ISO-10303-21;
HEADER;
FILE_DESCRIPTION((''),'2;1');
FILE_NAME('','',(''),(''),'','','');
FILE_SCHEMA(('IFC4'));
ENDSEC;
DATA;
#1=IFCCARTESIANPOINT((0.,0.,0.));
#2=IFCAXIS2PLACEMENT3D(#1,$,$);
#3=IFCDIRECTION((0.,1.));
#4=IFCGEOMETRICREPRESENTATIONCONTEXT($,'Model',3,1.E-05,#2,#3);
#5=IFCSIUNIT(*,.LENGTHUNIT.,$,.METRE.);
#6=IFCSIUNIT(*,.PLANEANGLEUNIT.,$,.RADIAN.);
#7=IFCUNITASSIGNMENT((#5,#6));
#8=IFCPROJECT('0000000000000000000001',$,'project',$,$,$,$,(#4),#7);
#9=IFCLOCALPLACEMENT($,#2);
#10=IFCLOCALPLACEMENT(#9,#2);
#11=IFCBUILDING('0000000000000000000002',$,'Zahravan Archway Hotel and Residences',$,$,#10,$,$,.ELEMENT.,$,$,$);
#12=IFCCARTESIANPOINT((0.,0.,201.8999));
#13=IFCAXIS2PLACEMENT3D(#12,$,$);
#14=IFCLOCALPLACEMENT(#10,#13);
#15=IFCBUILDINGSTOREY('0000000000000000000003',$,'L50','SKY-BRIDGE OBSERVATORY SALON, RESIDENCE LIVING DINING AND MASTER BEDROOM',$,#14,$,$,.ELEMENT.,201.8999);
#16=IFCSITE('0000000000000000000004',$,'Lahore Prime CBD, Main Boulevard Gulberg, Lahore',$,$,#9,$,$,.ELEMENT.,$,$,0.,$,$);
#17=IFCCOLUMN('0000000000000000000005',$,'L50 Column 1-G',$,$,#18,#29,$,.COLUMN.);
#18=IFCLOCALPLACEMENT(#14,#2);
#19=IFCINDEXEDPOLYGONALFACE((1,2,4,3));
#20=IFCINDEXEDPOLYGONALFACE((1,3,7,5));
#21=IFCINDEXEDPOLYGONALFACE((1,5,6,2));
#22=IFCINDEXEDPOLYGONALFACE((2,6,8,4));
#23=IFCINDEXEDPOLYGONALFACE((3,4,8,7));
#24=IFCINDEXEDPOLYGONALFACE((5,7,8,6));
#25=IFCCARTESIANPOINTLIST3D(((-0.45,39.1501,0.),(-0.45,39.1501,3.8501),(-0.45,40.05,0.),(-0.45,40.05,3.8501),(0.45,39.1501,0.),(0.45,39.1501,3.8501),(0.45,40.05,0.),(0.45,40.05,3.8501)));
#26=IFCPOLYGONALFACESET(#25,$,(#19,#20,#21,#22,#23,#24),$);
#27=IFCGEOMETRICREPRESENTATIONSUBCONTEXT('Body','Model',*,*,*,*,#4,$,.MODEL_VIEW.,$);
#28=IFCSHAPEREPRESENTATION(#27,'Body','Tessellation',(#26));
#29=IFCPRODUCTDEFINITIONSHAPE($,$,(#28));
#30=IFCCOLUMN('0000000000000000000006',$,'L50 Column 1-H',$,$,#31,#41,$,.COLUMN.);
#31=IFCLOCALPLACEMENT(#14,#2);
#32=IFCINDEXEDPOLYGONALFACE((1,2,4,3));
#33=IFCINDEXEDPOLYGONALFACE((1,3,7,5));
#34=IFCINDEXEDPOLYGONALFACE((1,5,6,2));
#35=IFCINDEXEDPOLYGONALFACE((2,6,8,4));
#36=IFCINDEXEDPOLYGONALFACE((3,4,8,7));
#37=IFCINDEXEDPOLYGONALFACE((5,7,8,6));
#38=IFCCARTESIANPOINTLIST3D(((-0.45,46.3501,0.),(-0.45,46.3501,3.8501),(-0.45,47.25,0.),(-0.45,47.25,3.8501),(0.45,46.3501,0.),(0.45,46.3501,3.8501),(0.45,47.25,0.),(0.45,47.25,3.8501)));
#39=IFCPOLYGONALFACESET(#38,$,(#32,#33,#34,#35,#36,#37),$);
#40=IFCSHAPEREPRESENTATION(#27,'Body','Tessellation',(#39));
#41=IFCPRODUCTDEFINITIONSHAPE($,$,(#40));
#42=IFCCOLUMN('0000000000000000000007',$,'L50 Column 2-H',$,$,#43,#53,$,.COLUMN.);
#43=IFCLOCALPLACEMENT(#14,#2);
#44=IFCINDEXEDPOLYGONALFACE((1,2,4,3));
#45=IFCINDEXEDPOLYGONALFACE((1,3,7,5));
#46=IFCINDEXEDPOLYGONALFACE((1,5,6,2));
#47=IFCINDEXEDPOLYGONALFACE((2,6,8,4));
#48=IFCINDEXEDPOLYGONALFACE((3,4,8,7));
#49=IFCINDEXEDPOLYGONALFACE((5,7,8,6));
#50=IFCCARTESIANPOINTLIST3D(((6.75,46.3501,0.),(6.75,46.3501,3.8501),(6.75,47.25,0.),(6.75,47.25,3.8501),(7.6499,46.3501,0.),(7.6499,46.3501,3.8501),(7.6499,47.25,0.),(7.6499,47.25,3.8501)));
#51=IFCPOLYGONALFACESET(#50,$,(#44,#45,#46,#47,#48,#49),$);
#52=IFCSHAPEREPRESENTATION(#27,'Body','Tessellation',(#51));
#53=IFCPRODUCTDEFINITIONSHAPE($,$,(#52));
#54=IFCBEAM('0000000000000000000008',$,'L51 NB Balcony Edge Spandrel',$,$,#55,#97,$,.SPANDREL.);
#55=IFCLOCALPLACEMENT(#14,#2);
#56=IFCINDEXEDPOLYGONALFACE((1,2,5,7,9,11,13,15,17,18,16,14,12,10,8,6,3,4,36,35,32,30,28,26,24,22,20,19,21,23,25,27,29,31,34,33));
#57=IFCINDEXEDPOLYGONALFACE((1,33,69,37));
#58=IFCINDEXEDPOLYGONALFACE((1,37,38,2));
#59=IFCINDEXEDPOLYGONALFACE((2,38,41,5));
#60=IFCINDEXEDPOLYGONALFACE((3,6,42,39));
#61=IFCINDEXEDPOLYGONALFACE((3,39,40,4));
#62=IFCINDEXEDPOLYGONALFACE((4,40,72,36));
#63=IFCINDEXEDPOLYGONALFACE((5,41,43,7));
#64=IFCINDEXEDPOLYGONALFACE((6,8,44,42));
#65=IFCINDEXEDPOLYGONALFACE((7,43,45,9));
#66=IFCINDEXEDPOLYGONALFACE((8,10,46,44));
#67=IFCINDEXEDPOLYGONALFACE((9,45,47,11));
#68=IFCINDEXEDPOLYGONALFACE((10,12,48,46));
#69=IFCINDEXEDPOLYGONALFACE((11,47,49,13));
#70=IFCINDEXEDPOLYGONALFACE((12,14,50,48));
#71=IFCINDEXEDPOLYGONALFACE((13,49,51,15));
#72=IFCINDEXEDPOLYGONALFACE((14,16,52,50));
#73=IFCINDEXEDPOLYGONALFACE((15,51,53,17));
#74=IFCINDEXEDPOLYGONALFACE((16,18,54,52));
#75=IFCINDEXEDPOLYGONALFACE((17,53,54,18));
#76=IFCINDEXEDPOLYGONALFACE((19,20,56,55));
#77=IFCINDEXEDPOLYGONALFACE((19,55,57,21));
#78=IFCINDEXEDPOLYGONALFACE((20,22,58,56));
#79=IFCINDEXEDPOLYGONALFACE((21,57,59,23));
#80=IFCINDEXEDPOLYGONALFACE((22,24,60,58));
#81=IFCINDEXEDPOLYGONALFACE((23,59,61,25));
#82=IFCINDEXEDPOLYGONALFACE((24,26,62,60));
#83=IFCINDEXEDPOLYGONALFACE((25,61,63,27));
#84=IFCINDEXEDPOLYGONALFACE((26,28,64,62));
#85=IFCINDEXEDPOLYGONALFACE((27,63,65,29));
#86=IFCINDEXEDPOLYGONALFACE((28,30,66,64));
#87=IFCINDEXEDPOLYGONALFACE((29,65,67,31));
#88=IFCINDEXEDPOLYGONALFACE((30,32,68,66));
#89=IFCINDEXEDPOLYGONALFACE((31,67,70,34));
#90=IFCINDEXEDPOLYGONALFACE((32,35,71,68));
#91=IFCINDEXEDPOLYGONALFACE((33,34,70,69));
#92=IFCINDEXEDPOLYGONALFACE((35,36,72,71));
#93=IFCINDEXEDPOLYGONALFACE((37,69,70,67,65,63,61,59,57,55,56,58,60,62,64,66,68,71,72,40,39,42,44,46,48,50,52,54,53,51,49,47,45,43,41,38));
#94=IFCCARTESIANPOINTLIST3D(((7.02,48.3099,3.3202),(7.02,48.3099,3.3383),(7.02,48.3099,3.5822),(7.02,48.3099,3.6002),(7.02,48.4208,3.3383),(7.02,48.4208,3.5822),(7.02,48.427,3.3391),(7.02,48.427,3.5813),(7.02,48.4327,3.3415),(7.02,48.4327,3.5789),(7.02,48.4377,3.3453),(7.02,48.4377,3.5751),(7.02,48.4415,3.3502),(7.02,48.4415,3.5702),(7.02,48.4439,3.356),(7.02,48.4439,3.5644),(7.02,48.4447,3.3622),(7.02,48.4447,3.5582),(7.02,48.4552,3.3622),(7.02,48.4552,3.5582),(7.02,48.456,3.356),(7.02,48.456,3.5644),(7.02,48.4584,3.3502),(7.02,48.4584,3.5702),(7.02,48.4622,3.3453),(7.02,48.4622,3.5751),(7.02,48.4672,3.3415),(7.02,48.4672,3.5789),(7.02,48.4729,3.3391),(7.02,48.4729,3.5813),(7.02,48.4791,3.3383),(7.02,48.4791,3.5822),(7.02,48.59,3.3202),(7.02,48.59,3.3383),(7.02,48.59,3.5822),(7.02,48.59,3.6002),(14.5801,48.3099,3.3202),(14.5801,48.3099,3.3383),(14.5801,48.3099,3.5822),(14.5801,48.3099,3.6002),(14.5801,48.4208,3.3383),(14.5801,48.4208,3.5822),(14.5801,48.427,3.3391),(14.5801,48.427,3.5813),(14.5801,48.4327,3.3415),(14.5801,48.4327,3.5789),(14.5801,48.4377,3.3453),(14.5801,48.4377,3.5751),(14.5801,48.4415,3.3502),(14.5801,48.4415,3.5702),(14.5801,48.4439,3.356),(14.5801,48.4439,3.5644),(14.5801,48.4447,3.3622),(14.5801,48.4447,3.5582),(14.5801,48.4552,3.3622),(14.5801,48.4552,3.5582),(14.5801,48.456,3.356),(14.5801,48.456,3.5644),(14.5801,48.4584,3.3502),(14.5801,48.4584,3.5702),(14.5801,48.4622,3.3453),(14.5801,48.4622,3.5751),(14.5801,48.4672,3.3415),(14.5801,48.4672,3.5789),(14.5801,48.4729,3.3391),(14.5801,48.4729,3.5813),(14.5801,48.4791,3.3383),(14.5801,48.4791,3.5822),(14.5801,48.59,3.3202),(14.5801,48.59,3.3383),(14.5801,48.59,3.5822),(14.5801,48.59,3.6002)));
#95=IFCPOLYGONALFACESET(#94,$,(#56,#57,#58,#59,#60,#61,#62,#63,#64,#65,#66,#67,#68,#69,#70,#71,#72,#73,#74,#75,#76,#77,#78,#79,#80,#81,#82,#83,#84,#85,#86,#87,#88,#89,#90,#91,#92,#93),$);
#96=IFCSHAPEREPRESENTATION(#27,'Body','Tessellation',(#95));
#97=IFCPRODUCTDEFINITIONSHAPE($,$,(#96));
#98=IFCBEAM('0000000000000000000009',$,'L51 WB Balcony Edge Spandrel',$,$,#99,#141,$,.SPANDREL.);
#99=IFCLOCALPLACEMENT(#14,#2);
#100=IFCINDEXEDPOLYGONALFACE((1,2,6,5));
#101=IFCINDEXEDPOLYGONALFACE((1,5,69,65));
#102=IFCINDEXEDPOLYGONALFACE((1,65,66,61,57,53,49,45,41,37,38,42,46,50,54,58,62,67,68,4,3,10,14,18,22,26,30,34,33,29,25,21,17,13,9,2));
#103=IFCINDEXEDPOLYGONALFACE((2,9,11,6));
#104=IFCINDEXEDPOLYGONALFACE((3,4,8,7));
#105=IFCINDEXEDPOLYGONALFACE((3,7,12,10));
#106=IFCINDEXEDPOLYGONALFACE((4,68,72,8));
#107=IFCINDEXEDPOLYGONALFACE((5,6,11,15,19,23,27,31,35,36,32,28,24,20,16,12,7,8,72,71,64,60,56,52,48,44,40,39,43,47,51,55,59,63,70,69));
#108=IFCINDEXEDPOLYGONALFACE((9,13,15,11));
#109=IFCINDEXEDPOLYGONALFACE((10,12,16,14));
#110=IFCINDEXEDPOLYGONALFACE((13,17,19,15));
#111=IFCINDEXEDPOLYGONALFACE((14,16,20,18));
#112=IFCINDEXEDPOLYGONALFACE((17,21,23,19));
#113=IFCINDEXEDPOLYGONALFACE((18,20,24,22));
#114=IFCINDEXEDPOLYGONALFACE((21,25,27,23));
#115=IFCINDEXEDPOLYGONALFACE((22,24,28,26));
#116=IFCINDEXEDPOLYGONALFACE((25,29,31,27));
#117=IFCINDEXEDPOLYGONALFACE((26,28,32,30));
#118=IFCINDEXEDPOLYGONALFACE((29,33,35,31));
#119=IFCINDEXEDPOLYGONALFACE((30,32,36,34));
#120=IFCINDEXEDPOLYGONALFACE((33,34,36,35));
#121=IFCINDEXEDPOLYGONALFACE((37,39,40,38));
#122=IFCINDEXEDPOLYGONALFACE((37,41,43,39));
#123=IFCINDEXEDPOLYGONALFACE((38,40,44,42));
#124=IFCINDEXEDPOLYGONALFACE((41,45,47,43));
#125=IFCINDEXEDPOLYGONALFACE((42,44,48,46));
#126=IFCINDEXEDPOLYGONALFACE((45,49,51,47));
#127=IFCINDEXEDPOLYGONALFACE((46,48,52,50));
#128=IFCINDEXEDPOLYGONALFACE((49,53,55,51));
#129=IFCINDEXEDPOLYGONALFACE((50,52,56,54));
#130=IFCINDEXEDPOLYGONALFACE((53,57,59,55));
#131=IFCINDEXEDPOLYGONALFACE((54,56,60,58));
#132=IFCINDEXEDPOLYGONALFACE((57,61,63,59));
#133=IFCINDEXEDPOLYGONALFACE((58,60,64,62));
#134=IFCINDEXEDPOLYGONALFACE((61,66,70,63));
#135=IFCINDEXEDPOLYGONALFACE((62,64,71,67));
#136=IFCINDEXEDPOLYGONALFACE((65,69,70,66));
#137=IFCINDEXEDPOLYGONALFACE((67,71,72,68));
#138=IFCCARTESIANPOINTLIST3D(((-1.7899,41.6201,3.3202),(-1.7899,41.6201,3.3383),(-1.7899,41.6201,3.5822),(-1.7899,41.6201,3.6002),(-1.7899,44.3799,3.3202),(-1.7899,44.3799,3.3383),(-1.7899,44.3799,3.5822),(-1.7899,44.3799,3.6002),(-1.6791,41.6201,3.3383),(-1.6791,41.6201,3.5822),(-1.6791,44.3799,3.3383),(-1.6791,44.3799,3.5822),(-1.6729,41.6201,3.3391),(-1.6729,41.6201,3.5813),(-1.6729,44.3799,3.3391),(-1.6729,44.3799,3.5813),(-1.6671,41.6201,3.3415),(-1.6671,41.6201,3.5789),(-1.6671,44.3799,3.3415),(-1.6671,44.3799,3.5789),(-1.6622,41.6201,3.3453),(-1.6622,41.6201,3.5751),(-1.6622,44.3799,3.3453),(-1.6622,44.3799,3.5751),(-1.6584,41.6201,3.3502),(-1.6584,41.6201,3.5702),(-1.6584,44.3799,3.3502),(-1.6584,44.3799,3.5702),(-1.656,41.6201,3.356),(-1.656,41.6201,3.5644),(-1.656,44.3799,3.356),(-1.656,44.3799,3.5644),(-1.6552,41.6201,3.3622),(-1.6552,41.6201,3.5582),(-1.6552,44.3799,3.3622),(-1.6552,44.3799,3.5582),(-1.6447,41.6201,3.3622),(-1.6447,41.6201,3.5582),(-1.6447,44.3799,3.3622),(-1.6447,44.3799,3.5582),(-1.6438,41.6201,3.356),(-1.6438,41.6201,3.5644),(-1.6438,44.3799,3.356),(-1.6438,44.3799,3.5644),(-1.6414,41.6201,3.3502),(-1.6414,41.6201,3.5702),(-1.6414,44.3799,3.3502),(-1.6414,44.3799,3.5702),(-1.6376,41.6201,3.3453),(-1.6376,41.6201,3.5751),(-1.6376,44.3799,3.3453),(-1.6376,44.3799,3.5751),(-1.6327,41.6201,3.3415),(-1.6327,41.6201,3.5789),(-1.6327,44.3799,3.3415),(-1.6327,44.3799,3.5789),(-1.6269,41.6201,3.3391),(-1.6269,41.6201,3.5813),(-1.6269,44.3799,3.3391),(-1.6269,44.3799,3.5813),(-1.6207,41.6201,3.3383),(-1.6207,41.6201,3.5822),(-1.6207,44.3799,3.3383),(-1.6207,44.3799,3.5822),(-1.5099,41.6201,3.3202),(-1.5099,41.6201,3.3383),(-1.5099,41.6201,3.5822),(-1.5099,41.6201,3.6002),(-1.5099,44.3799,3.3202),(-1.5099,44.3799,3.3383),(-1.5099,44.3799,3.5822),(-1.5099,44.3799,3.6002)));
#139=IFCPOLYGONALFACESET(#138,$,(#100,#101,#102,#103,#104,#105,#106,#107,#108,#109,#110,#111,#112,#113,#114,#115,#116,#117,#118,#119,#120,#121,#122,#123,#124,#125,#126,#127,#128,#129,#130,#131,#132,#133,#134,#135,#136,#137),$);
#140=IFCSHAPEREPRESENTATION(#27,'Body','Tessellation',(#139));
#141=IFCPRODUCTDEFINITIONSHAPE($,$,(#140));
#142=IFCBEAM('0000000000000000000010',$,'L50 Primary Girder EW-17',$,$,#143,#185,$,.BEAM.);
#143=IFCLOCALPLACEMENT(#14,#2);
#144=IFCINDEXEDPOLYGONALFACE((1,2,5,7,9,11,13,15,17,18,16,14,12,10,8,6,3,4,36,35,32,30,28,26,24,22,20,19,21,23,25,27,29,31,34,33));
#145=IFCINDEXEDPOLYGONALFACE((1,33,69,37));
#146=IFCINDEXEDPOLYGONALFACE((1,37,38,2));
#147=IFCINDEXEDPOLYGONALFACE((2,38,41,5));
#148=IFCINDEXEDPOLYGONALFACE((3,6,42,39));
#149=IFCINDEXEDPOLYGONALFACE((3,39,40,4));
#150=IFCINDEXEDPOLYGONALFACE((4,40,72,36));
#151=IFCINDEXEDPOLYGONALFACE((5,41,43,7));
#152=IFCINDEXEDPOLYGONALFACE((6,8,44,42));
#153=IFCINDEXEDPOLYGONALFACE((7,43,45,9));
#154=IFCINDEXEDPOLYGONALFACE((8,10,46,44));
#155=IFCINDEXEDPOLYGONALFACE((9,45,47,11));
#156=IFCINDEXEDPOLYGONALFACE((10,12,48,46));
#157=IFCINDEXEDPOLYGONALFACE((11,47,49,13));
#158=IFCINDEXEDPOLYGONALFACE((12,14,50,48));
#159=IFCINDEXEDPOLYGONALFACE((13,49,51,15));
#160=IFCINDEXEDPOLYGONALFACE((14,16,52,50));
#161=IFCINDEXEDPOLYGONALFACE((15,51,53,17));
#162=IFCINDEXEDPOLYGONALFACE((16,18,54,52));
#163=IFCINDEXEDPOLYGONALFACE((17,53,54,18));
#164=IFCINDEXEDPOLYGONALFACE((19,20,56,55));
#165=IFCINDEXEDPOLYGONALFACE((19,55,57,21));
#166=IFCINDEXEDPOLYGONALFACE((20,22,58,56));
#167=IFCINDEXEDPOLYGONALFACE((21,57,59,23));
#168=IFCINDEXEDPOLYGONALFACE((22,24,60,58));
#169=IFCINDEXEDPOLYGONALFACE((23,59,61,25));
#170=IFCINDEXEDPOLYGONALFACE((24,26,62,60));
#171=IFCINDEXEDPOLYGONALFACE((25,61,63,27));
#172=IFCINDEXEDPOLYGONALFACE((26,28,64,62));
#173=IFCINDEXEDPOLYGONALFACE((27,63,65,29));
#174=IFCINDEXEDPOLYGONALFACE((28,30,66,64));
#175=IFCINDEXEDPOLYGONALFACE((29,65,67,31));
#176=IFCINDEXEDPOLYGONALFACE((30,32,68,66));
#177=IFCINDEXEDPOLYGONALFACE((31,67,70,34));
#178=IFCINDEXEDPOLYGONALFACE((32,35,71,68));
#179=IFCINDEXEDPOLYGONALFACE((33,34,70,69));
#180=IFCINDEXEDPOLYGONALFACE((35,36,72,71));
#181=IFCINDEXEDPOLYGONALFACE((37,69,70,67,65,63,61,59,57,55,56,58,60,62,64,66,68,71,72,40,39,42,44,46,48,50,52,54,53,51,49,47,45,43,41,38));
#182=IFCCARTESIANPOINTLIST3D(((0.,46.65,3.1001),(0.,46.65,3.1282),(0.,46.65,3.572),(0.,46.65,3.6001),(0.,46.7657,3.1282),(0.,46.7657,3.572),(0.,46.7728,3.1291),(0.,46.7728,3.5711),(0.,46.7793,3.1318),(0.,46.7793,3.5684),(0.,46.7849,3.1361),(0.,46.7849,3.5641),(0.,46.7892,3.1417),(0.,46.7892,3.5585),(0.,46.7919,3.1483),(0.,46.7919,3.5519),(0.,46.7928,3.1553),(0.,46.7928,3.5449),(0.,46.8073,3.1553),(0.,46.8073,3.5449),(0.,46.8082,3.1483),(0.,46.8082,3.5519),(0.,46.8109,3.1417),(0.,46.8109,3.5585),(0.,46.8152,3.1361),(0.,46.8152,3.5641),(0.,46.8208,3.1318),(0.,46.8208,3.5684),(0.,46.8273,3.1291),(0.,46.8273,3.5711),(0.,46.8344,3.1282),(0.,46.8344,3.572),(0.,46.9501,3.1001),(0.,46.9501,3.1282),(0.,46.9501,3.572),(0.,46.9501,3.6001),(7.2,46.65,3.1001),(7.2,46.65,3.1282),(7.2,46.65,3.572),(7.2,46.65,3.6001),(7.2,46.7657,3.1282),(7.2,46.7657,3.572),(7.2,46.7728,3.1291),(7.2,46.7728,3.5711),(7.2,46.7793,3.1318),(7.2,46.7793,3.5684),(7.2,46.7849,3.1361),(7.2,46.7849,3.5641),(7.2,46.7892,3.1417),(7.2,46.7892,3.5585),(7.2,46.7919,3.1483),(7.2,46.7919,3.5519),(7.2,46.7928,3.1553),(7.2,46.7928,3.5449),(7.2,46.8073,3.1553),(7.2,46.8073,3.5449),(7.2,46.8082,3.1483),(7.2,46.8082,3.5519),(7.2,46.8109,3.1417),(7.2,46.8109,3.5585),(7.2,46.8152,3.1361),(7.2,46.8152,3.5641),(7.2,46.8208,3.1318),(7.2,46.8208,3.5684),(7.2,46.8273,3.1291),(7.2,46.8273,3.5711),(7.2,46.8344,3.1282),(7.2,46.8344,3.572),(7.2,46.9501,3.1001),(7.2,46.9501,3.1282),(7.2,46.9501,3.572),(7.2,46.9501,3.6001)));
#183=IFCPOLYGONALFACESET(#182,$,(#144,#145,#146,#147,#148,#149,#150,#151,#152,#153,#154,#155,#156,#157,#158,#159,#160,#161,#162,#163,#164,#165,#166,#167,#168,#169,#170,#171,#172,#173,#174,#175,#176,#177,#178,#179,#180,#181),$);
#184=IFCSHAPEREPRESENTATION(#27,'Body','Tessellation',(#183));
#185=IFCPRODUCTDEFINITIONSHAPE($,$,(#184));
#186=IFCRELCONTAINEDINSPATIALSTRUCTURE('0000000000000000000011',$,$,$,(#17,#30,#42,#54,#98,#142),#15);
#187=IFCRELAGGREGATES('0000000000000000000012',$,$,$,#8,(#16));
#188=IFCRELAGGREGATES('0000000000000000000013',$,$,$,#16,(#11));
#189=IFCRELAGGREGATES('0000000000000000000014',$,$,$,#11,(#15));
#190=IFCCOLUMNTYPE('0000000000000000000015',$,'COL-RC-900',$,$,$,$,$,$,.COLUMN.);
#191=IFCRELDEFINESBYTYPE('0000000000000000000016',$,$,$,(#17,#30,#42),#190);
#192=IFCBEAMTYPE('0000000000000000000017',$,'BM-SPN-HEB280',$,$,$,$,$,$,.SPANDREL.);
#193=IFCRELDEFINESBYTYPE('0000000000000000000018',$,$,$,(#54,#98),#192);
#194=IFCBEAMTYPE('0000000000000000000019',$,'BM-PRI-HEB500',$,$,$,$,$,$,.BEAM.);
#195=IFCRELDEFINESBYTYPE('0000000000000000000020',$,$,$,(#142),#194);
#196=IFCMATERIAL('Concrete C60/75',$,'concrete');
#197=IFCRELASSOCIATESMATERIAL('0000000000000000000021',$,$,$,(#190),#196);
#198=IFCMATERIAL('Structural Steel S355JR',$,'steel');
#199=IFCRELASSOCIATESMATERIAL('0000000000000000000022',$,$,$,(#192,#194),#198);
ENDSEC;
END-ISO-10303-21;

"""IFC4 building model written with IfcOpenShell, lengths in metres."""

from ifc_helpers import new_model, si_unit, direction, frame, origin, origin_2d, place, context, subcontext, project, spatial, rectangle, i_section, extrude, source, transform, mapped, material, material_profile, profile_set, type_object, type_shapes, element, save


model = new_model("IFC4")

# Units and contexts
model_context = context("Model", 3, precision=1e-05, world=origin(), true_north=direction((0.0, 1.0)))
body_context = subcontext(model_context, "Body", "Model", "MODEL_VIEW")
ifc_project = project(units=[si_unit("LENGTHUNIT", "METRE"), si_unit("PLANEANGLEUNIT", "RADIAN")], contexts=[model_context])

# Site, building, storey
site_placement = place(None, origin())
site = spatial("IfcSite", under=ifc_project, at=site_placement, Name="Lahore Prime CBD, Main Boulevard Gulberg, Lahore", CompositionType="ELEMENT", RefElevation=0.0)
building_placement = place(site_placement, origin())
building = spatial("IfcBuilding", under=site, at=building_placement, Name="Zahravan Archway Hotel and Residences", CompositionType="ELEMENT")
storey_placement = place(building_placement, frame((0.0, 0.0, 201.8999)))
storey = spatial("IfcBuildingStorey", under=building, at=storey_placement, Name="L50", Description="SKY-BRIDGE OBSERVATORY SALON, RESIDENCE LIVING DINING AND MASTER BEDROOM", CompositionType="ELEMENT", Elevation=201.8999)

# Columns
ifc_material_1 = material(Name="Concrete C60/75", Category="concrete")
ifc_material_profile_1 = material_profile(ifc_material_1, rectangle(XDim=0.8999, YDim=0.8999, at=origin_2d()), Name="RC-COL-900x900", Category="concrete")
ifc_profile_set_1 = profile_set([ifc_material_profile_1], Name="Concrete C60/75")
column_type = type_object("IfcColumnType", Name="COL-RC-900", PredefinedType="COLUMN", material=ifc_profile_set_1)
shared_shape_1 = source(origin(), body_context, "Body", "SweptSolid", [
    extrude(rectangle(XDim=0.8999, YDim=0.8999, at=origin_2d()), origin(), (0.0, 0.0, 1.0), 3.8501),
])
type_shapes(column_type, [shared_shape_1])
for number, where, z_axis, x_axis, name in (
    (1, (0.0, 39.6001, 0.0), (0.0, 0.0, 1.0), (1.0, 0.0, 0.0), "L50 Column 1-G"),
    (2, (0.0, 46.8, 0.0), (0.0, 0.0, 1.0), (1.0, 0.0, 0.0), "L50 Column 1-H"),
    (3, (7.2, 46.8, 0.0), (0.0, 0.0, 1.0), (1.0, 0.0, 0.0), "L50 Column 2-H"),
):
    element("IfcColumn", number, at=place(storey_placement, frame(where, z_axis=z_axis, x_axis=x_axis)), inside=storey, type_object=column_type, Name=name, PredefinedType="COLUMN", context=body_context, shape_type="MappedRepresentation", body=[
        mapped(shared_shape_1, transform((0.0, 0.0, 0.0), scale=1.0)),
    ])

# Beams
ifc_material_2 = material(Name="Structural Steel S355JR", Category="steel")
ifc_material_profile_2 = material_profile(ifc_material_2, i_section(OverallWidth=0.28, OverallDepth=0.28, WebThickness=0.0105, FlangeThickness=0.0181, FilletRadius=0.0239, at=origin_2d()), Name="HEB 280", Category="steel")
ifc_profile_set_2 = profile_set([ifc_material_profile_2], Name="Structural Steel S355JR")
beam_type_1 = type_object("IfcBeamType", Name="BM-SPN-HEB280", PredefinedType="SPANDREL", material=ifc_profile_set_2)
shared_shape_2 = source(origin(), body_context, "Body", "SweptSolid", [
    extrude(i_section(OverallWidth=0.28, OverallDepth=0.28, WebThickness=0.0105, FlangeThickness=0.0181, FilletRadius=0.0239, at=origin_2d()), origin(), (0.0, 0.0, 1.0), 7.5601),
])
type_shapes(beam_type_1, [shared_shape_2])
beam_1_placement = place(storey_placement, frame((7.02, 48.45, 3.4602), z_axis=(1.0, 0.0, 0.0), x_axis=(0.0, 1.0, 0.0)))
element("IfcBeam", 4, at=beam_1_placement, inside=storey, type_object=beam_type_1, Name="L51 NB Balcony Edge Spandrel", PredefinedType="SPANDREL", context=body_context, shape_type="MappedRepresentation", body=[
    mapped(shared_shape_2, transform((0.0, 0.0, 0.0), scale=1.0)),
])
shared_shape_3 = source(origin(), body_context, "Body", "SweptSolid", [
    extrude(i_section(OverallWidth=0.28, OverallDepth=0.28, WebThickness=0.0105, FlangeThickness=0.0181, FilletRadius=0.0239, at=origin_2d()), origin(), (0.0, 0.0, 1.0), 2.7598),
])
beam_2_placement = place(storey_placement, frame((-1.6499, 41.6201, 3.4602), z_axis=(0.0, 1.0, 0.0), x_axis=(-1.0, 0.0, 0.0)))
element("IfcBeam", 5, at=beam_2_placement, inside=storey, type_object=beam_type_1, Name="L51 WB Balcony Edge Spandrel", PredefinedType="SPANDREL", context=body_context, shape_type="MappedRepresentation", body=[
    mapped(shared_shape_3, transform((0.0, 0.0, 0.0), scale=1.0)),
])
ifc_material_profile_3 = material_profile(ifc_material_2, i_section(OverallWidth=0.3, OverallDepth=0.5, WebThickness=0.0144, FlangeThickness=0.0281, FilletRadius=0.0271, at=origin_2d()), Name="HEB 500", Category="steel")
ifc_profile_set_3 = profile_set([ifc_material_profile_3], Name="Structural Steel S355JR")
beam_type_2 = type_object("IfcBeamType", Name="BM-PRI-HEB500", PredefinedType="BEAM", material=ifc_profile_set_3)
shared_shape_4 = source(origin(), body_context, "Body", "SweptSolid", [
    extrude(i_section(OverallWidth=0.3, OverallDepth=0.5, WebThickness=0.0144, FlangeThickness=0.0281, FilletRadius=0.0271, at=origin_2d()), origin(), (0.0, 0.0, 1.0), 7.2),
])
for number, where, z_axis, x_axis, name in (
    (6, (0.0, 46.8, 3.3501), (1.0, 0.0, 0.0), (0.0, 1.0, 0.0), "L50 Primary Girder EW-17"),
):
    element("IfcBeam", number, at=place(storey_placement, frame(where, z_axis=z_axis, x_axis=x_axis)), inside=storey, type_object=beam_type_2, Name=name, PredefinedType="BEAM", context=body_context, shape_type="MappedRepresentation", body=[
        mapped(shared_shape_4, transform((0.0, 0.0, 0.0), scale=1.0)),
    ])

save(model, "model.ifc")
